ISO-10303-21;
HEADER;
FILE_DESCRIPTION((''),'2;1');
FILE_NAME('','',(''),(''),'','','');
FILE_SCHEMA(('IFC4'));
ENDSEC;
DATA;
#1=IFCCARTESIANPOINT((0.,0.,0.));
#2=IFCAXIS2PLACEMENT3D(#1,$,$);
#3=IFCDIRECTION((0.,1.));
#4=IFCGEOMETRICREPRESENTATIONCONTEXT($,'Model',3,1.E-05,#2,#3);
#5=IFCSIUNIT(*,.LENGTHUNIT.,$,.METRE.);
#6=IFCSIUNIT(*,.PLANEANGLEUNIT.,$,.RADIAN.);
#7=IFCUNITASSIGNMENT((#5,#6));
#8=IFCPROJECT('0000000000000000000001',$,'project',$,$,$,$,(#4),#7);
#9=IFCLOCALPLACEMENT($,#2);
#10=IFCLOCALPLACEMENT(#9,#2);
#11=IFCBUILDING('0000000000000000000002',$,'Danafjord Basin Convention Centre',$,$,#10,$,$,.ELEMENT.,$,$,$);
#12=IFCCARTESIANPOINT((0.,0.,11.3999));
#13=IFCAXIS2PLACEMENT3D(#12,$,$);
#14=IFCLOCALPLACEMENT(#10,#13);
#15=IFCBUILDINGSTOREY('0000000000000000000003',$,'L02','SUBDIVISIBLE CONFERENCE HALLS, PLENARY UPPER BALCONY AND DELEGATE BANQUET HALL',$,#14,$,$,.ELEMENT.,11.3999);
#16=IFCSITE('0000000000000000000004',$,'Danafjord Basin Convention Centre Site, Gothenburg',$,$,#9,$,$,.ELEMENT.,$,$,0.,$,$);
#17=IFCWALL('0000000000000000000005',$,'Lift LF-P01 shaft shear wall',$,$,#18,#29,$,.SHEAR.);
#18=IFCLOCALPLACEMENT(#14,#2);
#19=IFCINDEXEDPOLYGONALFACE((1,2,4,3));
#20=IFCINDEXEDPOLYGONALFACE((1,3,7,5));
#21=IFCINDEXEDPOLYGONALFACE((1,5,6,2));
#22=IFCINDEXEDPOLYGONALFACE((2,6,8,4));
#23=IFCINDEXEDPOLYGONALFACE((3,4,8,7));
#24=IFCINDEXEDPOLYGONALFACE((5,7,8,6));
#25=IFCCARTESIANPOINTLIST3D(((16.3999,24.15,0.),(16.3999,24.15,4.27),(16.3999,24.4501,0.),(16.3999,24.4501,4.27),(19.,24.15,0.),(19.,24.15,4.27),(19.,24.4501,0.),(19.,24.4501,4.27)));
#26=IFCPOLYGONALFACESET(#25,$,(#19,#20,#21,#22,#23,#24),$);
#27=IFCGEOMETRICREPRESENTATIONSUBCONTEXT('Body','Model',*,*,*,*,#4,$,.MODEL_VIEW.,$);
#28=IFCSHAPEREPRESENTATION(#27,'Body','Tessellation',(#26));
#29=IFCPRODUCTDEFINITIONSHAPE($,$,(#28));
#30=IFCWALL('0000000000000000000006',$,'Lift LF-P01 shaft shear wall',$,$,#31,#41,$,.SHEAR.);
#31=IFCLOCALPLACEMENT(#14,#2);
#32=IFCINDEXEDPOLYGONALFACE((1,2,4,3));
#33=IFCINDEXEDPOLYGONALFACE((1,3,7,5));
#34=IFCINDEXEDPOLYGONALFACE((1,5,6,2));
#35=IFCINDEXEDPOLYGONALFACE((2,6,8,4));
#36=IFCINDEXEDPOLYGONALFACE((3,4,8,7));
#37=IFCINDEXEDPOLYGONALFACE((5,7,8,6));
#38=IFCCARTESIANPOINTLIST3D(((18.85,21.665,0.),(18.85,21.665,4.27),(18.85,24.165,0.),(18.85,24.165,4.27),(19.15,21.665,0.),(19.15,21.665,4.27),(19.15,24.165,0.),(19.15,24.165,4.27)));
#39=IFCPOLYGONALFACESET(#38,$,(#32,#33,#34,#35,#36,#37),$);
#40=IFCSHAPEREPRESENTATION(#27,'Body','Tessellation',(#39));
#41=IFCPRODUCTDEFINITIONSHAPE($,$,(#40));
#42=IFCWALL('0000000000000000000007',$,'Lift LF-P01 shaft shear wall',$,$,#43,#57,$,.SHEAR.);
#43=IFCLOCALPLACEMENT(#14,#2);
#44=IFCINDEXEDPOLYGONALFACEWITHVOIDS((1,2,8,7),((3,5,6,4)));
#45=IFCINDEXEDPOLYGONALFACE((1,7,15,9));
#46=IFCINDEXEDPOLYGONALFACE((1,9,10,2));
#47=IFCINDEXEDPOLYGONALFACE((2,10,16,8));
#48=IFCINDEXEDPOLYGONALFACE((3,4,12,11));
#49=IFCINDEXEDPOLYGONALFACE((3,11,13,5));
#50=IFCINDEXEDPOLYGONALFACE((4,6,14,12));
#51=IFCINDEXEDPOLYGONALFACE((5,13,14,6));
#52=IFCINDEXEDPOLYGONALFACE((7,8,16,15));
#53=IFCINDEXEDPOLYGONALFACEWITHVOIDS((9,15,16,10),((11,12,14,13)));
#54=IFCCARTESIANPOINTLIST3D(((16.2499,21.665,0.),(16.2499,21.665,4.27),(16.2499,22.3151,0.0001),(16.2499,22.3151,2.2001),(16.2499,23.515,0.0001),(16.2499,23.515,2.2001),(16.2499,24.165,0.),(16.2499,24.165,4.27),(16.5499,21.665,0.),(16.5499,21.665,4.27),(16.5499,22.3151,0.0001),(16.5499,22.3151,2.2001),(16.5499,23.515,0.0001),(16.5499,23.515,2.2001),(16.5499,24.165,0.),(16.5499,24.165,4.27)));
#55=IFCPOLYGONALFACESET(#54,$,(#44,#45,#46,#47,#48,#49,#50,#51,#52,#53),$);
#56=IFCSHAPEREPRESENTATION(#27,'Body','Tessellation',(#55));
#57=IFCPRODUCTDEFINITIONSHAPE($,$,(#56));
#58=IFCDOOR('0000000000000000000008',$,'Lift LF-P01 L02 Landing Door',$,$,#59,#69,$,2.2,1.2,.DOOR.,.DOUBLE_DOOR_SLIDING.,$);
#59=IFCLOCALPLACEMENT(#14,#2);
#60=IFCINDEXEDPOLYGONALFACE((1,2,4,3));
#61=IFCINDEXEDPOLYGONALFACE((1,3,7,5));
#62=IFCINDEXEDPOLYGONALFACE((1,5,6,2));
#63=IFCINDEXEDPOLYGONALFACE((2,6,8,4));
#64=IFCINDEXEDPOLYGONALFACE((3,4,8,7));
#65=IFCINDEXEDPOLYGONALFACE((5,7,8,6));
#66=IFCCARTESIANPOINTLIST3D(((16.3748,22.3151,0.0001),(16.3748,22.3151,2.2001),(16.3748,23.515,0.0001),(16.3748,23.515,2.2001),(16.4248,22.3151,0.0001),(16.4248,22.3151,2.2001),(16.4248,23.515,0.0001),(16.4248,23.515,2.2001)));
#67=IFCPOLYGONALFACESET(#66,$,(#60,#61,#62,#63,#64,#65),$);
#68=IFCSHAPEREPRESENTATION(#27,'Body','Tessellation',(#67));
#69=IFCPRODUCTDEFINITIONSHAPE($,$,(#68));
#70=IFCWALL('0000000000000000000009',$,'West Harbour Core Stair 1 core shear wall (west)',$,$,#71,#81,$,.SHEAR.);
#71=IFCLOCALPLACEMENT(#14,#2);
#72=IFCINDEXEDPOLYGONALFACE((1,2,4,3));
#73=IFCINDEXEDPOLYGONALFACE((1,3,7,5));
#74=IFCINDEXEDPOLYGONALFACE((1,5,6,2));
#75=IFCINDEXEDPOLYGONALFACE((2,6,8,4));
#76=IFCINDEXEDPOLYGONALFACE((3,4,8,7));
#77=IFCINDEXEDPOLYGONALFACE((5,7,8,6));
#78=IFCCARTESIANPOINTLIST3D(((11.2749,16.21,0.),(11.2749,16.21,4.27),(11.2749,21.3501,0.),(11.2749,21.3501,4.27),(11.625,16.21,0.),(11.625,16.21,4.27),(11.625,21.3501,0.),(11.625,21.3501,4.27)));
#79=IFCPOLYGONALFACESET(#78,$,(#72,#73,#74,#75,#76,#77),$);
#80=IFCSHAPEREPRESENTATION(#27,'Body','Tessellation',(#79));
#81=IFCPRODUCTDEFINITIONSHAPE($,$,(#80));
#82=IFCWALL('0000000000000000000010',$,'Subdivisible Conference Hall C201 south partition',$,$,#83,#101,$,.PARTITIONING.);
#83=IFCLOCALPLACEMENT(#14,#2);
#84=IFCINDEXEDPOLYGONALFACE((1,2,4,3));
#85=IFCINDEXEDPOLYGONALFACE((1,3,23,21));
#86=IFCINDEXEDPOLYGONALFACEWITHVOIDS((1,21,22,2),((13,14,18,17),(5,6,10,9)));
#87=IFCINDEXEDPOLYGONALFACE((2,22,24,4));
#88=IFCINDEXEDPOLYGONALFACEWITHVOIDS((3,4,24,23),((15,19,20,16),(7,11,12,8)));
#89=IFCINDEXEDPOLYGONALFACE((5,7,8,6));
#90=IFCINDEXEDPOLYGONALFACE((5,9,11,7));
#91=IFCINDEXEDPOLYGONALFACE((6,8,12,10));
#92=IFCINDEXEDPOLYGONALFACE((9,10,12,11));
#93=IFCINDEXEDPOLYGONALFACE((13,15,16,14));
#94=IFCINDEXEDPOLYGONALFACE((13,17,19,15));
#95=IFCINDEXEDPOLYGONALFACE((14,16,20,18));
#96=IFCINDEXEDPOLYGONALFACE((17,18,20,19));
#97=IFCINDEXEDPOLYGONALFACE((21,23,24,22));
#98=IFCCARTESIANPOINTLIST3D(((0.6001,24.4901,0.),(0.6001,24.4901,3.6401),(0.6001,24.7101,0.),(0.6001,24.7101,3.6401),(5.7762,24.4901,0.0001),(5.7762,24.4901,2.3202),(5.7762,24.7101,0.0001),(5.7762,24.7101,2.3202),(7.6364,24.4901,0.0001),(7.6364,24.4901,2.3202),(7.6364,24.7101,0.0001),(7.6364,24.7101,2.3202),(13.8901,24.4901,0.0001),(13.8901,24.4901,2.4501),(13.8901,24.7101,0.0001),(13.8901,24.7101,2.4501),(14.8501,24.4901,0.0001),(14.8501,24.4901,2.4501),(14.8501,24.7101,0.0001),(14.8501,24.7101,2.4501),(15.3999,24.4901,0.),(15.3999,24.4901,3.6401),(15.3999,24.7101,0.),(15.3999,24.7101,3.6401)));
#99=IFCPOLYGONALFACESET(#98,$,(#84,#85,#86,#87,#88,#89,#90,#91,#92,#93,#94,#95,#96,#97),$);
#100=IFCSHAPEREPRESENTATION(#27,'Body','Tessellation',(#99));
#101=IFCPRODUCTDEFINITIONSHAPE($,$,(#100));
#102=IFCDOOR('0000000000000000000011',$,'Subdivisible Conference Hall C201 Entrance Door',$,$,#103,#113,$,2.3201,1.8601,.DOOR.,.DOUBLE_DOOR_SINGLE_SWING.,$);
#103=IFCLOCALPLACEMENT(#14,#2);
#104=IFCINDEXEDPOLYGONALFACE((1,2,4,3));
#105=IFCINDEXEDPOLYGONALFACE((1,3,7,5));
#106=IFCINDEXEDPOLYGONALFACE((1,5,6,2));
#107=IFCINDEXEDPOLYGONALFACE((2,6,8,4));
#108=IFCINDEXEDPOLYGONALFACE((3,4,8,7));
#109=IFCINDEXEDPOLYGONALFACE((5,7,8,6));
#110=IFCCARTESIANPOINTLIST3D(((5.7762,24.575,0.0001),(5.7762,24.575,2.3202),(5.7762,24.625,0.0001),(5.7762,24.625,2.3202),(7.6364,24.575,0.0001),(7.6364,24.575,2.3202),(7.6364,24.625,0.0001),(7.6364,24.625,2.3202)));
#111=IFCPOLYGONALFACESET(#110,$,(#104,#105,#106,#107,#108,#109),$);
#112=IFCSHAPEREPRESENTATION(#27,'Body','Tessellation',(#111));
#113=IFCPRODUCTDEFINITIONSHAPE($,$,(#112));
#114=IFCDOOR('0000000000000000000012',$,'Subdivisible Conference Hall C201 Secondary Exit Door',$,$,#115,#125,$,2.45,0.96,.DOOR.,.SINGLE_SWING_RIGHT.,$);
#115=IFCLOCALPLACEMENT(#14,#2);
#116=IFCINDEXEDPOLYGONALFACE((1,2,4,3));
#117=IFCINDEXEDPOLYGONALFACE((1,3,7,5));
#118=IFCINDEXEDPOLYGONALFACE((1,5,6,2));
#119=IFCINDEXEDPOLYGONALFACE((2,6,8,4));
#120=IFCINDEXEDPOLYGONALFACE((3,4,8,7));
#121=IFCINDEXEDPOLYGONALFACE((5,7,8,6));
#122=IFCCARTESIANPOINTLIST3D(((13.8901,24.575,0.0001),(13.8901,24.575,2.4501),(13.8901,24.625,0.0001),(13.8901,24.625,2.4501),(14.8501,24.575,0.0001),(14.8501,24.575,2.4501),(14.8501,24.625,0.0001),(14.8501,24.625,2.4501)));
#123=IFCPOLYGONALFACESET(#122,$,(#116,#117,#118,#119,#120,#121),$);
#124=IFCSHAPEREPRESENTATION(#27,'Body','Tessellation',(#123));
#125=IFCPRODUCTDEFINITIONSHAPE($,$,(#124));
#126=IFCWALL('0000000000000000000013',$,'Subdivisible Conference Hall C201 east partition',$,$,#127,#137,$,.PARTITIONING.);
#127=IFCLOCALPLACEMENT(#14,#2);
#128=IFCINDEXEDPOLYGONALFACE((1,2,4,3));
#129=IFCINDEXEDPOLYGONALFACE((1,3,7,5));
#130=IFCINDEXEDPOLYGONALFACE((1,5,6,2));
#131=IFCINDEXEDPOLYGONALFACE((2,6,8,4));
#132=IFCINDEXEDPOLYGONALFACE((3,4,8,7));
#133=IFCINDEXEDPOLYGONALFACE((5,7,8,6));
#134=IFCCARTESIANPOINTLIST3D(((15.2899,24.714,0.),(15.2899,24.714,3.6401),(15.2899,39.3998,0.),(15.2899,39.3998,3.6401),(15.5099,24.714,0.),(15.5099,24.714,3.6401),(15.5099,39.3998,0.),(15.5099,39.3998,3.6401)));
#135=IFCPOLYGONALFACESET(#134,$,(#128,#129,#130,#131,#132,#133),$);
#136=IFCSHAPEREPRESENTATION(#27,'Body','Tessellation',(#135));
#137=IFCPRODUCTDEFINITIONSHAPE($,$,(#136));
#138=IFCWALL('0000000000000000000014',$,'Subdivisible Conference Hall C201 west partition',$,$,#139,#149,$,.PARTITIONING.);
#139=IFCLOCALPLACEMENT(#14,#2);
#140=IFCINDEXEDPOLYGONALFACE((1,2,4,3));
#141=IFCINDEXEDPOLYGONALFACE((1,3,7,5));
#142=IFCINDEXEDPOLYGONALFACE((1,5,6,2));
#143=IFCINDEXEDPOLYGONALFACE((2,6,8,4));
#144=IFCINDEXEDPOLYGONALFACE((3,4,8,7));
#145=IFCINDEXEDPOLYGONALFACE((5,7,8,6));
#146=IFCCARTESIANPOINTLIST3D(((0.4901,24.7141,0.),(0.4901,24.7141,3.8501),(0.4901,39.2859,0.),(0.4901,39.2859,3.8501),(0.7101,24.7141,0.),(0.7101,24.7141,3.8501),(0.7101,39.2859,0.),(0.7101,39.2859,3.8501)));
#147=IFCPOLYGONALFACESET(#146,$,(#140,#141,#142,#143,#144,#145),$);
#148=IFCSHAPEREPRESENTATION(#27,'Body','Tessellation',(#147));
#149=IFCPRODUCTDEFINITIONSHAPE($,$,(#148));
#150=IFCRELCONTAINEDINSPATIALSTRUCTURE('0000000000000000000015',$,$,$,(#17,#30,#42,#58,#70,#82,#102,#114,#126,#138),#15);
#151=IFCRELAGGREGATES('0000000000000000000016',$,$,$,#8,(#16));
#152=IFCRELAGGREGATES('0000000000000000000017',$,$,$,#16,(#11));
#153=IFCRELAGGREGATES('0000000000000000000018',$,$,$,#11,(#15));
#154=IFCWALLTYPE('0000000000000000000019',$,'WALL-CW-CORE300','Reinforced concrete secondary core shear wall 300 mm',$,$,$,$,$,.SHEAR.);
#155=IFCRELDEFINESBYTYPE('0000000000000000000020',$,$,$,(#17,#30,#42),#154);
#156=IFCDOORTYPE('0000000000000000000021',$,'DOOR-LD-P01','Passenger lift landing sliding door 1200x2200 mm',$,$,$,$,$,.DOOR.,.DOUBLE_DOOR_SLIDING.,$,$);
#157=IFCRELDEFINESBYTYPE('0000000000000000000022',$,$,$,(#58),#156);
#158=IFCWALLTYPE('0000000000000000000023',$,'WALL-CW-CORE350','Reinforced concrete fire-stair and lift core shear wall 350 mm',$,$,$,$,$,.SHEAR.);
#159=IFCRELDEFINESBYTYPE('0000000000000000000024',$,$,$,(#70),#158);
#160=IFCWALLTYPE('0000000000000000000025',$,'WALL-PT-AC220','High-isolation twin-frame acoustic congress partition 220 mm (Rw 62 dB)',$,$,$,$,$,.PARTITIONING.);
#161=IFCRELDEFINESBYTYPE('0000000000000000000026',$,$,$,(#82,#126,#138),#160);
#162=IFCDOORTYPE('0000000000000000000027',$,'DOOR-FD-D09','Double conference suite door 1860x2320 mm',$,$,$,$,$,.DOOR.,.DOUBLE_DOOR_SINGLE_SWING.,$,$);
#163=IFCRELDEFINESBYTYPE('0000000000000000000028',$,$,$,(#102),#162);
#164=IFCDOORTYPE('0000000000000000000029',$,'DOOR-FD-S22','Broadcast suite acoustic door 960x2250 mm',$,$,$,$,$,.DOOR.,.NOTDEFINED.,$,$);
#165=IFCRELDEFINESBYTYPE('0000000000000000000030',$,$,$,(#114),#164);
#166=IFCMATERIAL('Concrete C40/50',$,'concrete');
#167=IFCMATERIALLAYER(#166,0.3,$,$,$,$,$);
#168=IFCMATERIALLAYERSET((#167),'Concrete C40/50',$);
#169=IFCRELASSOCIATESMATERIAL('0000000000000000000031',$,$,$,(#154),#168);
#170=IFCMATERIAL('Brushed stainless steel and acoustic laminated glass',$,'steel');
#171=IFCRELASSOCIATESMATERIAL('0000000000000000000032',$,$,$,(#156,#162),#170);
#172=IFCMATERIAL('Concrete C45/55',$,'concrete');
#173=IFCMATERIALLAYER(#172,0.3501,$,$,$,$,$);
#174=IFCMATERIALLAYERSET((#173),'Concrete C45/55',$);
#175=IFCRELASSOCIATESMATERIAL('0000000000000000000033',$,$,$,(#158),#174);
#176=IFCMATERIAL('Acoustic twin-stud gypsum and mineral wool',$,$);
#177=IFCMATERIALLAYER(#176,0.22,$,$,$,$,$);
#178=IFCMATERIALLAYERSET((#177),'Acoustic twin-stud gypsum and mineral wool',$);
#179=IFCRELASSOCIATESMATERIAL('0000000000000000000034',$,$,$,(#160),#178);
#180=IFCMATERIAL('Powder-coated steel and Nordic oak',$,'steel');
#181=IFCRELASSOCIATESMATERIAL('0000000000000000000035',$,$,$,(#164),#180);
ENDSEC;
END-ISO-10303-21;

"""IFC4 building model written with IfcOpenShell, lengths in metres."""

from ifc_helpers import new_model, si_unit, direction, frame, frame_2d, origin, place, context, subcontext, project, spatial, rectangle, extrude, material, layer, layer_set, type_object, element, fill, save


model = new_model("IFC4")

# Units and contexts
model_context = context("Model", 3, precision=1e-05, world=origin(), true_north=direction((0.0, 1.0)))
body_context = subcontext(model_context, "Body", "Model", "MODEL_VIEW")
ifc_project = project(units=[si_unit("LENGTHUNIT", "METRE"), si_unit("PLANEANGLEUNIT", "RADIAN")], contexts=[model_context])

# Site, building, storey
site_placement = place(None, origin())
site = spatial("IfcSite", under=ifc_project, at=site_placement, Name="Danafjord Basin Convention Centre Site, Gothenburg", CompositionType="ELEMENT", RefElevation=0.0)
building_placement = place(site_placement, origin())
building = spatial("IfcBuilding", under=site, at=building_placement, Name="Danafjord Basin Convention Centre", CompositionType="ELEMENT")
storey_placement = place(building_placement, frame((0.0, 0.0, 11.3999)))
storey = spatial("IfcBuildingStorey", under=building, at=storey_placement, Name="L02", Description="SUBDIVISIBLE CONFERENCE HALLS, PLENARY UPPER BALCONY AND DELEGATE BANQUET HALL", CompositionType="ELEMENT", Elevation=11.3999)

# Shared definitions
ifc_material_1 = material(Name="Concrete C40/50", Category="concrete")
ifc_layer_1 = layer(ifc_material_1, 0.3)
ifc_layer_set_1 = layer_set([ifc_layer_1], Name="Concrete C40/50")
wall_type_1 = type_object("IfcWallType", Name="WALL-CW-CORE300", Description="Reinforced concrete secondary core shear wall 300 mm", PredefinedType="SHEAR", material=ifc_layer_set_1)

# Shared definitions
ifc_material_2 = material(Name="Brushed stainless steel and acoustic laminated glass", Category="steel")

# Walls
wall_1_placement = place(storey_placement, frame((19.0, 24.3, 0.0), z_axis=(0.0, 0.0, 1.0), x_axis=(-1.0, 0.0, 0.0)))
element("IfcWall", 1, at=wall_1_placement, inside=storey, type_object=wall_type_1, Name="Lift LF-P01 shaft shear wall", PredefinedType="SHEAR", context=body_context, shape_type="SweptSolid", body=[
    extrude(rectangle(XDim=2.6001, YDim=0.3, at=frame_2d((1.3, 0.0))), origin(), (0.0, 0.0, 1.0), 4.27),
])
wall_2_placement = place(storey_placement, frame((19.0, 21.665, 0.0), z_axis=(0.0, 0.0, 1.0), x_axis=(0.0, 1.0, 0.0)))
element("IfcWall", 2, at=wall_2_placement, inside=storey, type_object=wall_type_1, Name="Lift LF-P01 shaft shear wall", PredefinedType="SHEAR", context=body_context, shape_type="SweptSolid", body=[
    extrude(rectangle(XDim=2.5, YDim=0.3, at=frame_2d((1.25, 0.0))), origin(), (0.0, 0.0, 1.0), 4.27),
])

# Wall, opening, door
wall_3_placement = place(storey_placement, frame((16.3999, 24.165, 0.0), z_axis=(0.0, 0.0, 1.0), x_axis=(0.0, -1.0, 0.0)))
wall_3 = element("IfcWall", 3, at=wall_3_placement, inside=storey, type_object=wall_type_1, Name="Lift LF-P01 shaft shear wall", PredefinedType="SHEAR", context=body_context, shape_type="SweptSolid", body=[
    extrude(rectangle(XDim=2.5, YDim=0.3, at=frame_2d((1.25, 0.0))), origin(), (0.0, 0.0, 1.0), 4.27),
])
opening_1_placement = place(wall_3_placement, frame((0.6499, 0.0, 0.0)))
opening_1 = element("IfcOpeningElement", 4, at=opening_1_placement, cuts=wall_3, PredefinedType="OPENING", context=body_context, shape_type="SweptSolid", body=[
    extrude(rectangle(XDim=1.2, YDim=2.2, at=frame_2d((0.6001, 1.1001))), frame((0.0, 0.1599, 0.0), z_axis=(0.0, -1.0, 0.0), x_axis=(1.0, 0.0, 0.0)), (0.0, 0.0, 1.0), 0.3201),
])
door_type_1 = type_object("IfcDoorType", Name="DOOR-LD-P01", Description="Passenger lift landing sliding door 1200x2200 mm", OperationType="DOUBLE_DOOR_SLIDING", PredefinedType="DOOR", material=ifc_material_2)
door_1_placement = place(opening_1_placement, origin())
door_1 = element("IfcDoor", 5, at=door_1_placement, inside=storey, type_object=door_type_1, Name="Lift LF-P01 L02 Landing Door", OperationType="DOUBLE_DOOR_SLIDING", OverallHeight=2.2, OverallWidth=1.2, PredefinedType="DOOR", context=body_context, shape_type="SweptSolid", body=[
    extrude(rectangle(XDim=1.2, YDim=2.2, at=frame_2d((0.6001, 1.1001))), frame((0.0, 0.0249, 0.0), z_axis=(0.0, -1.0, 0.0), x_axis=(1.0, 0.0, 0.0)), (0.0, 0.0, 1.0), 0.05),
])
fill(opening_1, door_1)

# Wall
ifc_material_3 = material(Name="Concrete C45/55", Category="concrete")
ifc_layer_2 = layer(ifc_material_3, 0.3501)
ifc_layer_set_2 = layer_set([ifc_layer_2], Name="Concrete C45/55")
wall_type_2 = type_object("IfcWallType", Name="WALL-CW-CORE350", Description="Reinforced concrete fire-stair and lift core shear wall 350 mm", PredefinedType="SHEAR", material=ifc_layer_set_2)
wall_4_placement = place(storey_placement, frame((11.45, 21.3501, 0.0), z_axis=(0.0, 0.0, 1.0), x_axis=(0.0, -1.0, 0.0)))
element("IfcWall", 6, at=wall_4_placement, inside=storey, type_object=wall_type_2, Name="West Harbour Core Stair 1 core shear wall (west)", PredefinedType="SHEAR", context=body_context, shape_type="SweptSolid", body=[
    extrude(rectangle(XDim=5.1401, YDim=0.3501, at=frame_2d((2.5701, 0.0))), origin(), (0.0, 0.0, 1.0), 4.27),
])

# Wall, openings, doors
ifc_material_4 = material(Name="Acoustic twin-stud gypsum and mineral wool")
ifc_layer_3 = layer(ifc_material_4, 0.22)
ifc_layer_set_3 = layer_set([ifc_layer_3], Name="Acoustic twin-stud gypsum and mineral wool")
wall_type_3 = type_object("IfcWallType", Name="WALL-PT-AC220", Description="High-isolation twin-frame acoustic congress partition 220 mm (Rw 62 dB)", PredefinedType="PARTITIONING", material=ifc_layer_set_3)
wall_5_placement = place(storey_placement, frame((0.6001, 24.6001, 0.0), z_axis=(0.0, 0.0, 1.0), x_axis=(1.0, 0.0, 0.0)))
wall_5 = element("IfcWall", 7, at=wall_5_placement, inside=storey, type_object=wall_type_3, Name="Subdivisible Conference Hall C201 south partition", PredefinedType="PARTITIONING", context=body_context, shape_type="SweptSolid", body=[
    extrude(rectangle(XDim=14.7998, YDim=0.22, at=frame_2d((7.3999, 0.0))), origin(), (0.0, 0.0, 1.0), 3.6401),
])
opening_2_placement = place(wall_5_placement, frame((5.176, 0.0, 0.0)))
opening_2 = element("IfcOpeningElement", 8, at=opening_2_placement, cuts=wall_5, PredefinedType="OPENING", context=body_context, shape_type="SweptSolid", body=[
    extrude(rectangle(XDim=1.8601, YDim=2.3201, at=frame_2d((0.9302, 1.1602))), frame((0.0, 0.1199, 0.0), z_axis=(0.0, -1.0, 0.0), x_axis=(1.0, 0.0, 0.0)), (0.0, 0.0, 1.0), 0.24),
])
opening_3_placement = place(wall_5_placement, frame((13.29, 0.0, 0.0)))
opening_3 = element("IfcOpeningElement", 9, at=opening_3_placement, cuts=wall_5, PredefinedType="OPENING", context=body_context, shape_type="SweptSolid", body=[
    extrude(rectangle(XDim=0.96, YDim=2.45, at=frame_2d((0.48, 1.2251))), frame((0.0, 0.1199, 0.0), z_axis=(0.0, -1.0, 0.0), x_axis=(1.0, 0.0, 0.0)), (0.0, 0.0, 1.0), 0.24),
])
door_type_2 = type_object("IfcDoorType", Name="DOOR-FD-D09", Description="Double conference suite door 1860x2320 mm", OperationType="DOUBLE_DOOR_SINGLE_SWING", PredefinedType="DOOR", material=ifc_material_2)
door_2_placement = place(opening_2_placement, origin())
door_2 = element("IfcDoor", 10, at=door_2_placement, inside=storey, type_object=door_type_2, Name="Subdivisible Conference Hall C201 Entrance Door", OperationType="DOUBLE_DOOR_SINGLE_SWING", OverallHeight=2.3201, OverallWidth=1.8601, PredefinedType="DOOR", context=body_context, shape_type="SweptSolid", body=[
    extrude(rectangle(XDim=1.8601, YDim=2.3201, at=frame_2d((0.9302, 1.1602))), frame((0.0, 0.0249, 0.0), z_axis=(0.0, -1.0, 0.0), x_axis=(1.0, 0.0, 0.0)), (0.0, 0.0, 1.0), 0.05),
])
fill(opening_2, door_2)
ifc_material_5 = material(Name="Powder-coated steel and Nordic oak", Category="steel")
door_type_3 = type_object("IfcDoorType", Name="DOOR-FD-S22", Description="Broadcast suite acoustic door 960x2250 mm", OperationType="NOTDEFINED", PredefinedType="DOOR", material=ifc_material_5)
door_3_placement = place(opening_3_placement, origin())
door_3 = element("IfcDoor", 11, at=door_3_placement, inside=storey, type_object=door_type_3, Name="Subdivisible Conference Hall C201 Secondary Exit Door", OperationType="SINGLE_SWING_RIGHT", OverallHeight=2.45, OverallWidth=0.96, PredefinedType="DOOR", context=body_context, shape_type="SweptSolid", body=[
    extrude(rectangle(XDim=0.96, YDim=2.45, at=frame_2d((0.48, 1.2251))), frame((0.0, 0.0249, 0.0), z_axis=(0.0, -1.0, 0.0), x_axis=(1.0, 0.0, 0.0)), (0.0, 0.0, 1.0), 0.05),
])
fill(opening_3, door_3)

# Walls
wall_6_placement = place(storey_placement, frame((15.3999, 24.7141, 0.0), z_axis=(0.0, 0.0, 1.0), x_axis=(0.0, 1.0, 0.0)))
element("IfcWall", 12, at=wall_6_placement, inside=storey, type_object=wall_type_3, Name="Subdivisible Conference Hall C201 east partition", PredefinedType="PARTITIONING", context=body_context, shape_type="SweptSolid", body=[
    extrude(rectangle(XDim=14.6858, YDim=0.22, at=frame_2d((7.3428, 0.0))), origin(), (0.0, 0.0, 1.0), 3.6401),
])
wall_7_placement = place(storey_placement, frame((0.6001, 39.2859, 0.0), z_axis=(0.0, 0.0, 1.0), x_axis=(0.0, -1.0, 0.0)))
element("IfcWall", 13, at=wall_7_placement, inside=storey, type_object=wall_type_3, Name="Subdivisible Conference Hall C201 west partition", PredefinedType="PARTITIONING", context=body_context, shape_type="SweptSolid", body=[
    extrude(rectangle(XDim=14.5718, YDim=0.22, at=frame_2d((7.2859, 0.0))), origin(), (0.0, 0.0, 1.0), 3.8501),
])

save(model, "model.ifc")
